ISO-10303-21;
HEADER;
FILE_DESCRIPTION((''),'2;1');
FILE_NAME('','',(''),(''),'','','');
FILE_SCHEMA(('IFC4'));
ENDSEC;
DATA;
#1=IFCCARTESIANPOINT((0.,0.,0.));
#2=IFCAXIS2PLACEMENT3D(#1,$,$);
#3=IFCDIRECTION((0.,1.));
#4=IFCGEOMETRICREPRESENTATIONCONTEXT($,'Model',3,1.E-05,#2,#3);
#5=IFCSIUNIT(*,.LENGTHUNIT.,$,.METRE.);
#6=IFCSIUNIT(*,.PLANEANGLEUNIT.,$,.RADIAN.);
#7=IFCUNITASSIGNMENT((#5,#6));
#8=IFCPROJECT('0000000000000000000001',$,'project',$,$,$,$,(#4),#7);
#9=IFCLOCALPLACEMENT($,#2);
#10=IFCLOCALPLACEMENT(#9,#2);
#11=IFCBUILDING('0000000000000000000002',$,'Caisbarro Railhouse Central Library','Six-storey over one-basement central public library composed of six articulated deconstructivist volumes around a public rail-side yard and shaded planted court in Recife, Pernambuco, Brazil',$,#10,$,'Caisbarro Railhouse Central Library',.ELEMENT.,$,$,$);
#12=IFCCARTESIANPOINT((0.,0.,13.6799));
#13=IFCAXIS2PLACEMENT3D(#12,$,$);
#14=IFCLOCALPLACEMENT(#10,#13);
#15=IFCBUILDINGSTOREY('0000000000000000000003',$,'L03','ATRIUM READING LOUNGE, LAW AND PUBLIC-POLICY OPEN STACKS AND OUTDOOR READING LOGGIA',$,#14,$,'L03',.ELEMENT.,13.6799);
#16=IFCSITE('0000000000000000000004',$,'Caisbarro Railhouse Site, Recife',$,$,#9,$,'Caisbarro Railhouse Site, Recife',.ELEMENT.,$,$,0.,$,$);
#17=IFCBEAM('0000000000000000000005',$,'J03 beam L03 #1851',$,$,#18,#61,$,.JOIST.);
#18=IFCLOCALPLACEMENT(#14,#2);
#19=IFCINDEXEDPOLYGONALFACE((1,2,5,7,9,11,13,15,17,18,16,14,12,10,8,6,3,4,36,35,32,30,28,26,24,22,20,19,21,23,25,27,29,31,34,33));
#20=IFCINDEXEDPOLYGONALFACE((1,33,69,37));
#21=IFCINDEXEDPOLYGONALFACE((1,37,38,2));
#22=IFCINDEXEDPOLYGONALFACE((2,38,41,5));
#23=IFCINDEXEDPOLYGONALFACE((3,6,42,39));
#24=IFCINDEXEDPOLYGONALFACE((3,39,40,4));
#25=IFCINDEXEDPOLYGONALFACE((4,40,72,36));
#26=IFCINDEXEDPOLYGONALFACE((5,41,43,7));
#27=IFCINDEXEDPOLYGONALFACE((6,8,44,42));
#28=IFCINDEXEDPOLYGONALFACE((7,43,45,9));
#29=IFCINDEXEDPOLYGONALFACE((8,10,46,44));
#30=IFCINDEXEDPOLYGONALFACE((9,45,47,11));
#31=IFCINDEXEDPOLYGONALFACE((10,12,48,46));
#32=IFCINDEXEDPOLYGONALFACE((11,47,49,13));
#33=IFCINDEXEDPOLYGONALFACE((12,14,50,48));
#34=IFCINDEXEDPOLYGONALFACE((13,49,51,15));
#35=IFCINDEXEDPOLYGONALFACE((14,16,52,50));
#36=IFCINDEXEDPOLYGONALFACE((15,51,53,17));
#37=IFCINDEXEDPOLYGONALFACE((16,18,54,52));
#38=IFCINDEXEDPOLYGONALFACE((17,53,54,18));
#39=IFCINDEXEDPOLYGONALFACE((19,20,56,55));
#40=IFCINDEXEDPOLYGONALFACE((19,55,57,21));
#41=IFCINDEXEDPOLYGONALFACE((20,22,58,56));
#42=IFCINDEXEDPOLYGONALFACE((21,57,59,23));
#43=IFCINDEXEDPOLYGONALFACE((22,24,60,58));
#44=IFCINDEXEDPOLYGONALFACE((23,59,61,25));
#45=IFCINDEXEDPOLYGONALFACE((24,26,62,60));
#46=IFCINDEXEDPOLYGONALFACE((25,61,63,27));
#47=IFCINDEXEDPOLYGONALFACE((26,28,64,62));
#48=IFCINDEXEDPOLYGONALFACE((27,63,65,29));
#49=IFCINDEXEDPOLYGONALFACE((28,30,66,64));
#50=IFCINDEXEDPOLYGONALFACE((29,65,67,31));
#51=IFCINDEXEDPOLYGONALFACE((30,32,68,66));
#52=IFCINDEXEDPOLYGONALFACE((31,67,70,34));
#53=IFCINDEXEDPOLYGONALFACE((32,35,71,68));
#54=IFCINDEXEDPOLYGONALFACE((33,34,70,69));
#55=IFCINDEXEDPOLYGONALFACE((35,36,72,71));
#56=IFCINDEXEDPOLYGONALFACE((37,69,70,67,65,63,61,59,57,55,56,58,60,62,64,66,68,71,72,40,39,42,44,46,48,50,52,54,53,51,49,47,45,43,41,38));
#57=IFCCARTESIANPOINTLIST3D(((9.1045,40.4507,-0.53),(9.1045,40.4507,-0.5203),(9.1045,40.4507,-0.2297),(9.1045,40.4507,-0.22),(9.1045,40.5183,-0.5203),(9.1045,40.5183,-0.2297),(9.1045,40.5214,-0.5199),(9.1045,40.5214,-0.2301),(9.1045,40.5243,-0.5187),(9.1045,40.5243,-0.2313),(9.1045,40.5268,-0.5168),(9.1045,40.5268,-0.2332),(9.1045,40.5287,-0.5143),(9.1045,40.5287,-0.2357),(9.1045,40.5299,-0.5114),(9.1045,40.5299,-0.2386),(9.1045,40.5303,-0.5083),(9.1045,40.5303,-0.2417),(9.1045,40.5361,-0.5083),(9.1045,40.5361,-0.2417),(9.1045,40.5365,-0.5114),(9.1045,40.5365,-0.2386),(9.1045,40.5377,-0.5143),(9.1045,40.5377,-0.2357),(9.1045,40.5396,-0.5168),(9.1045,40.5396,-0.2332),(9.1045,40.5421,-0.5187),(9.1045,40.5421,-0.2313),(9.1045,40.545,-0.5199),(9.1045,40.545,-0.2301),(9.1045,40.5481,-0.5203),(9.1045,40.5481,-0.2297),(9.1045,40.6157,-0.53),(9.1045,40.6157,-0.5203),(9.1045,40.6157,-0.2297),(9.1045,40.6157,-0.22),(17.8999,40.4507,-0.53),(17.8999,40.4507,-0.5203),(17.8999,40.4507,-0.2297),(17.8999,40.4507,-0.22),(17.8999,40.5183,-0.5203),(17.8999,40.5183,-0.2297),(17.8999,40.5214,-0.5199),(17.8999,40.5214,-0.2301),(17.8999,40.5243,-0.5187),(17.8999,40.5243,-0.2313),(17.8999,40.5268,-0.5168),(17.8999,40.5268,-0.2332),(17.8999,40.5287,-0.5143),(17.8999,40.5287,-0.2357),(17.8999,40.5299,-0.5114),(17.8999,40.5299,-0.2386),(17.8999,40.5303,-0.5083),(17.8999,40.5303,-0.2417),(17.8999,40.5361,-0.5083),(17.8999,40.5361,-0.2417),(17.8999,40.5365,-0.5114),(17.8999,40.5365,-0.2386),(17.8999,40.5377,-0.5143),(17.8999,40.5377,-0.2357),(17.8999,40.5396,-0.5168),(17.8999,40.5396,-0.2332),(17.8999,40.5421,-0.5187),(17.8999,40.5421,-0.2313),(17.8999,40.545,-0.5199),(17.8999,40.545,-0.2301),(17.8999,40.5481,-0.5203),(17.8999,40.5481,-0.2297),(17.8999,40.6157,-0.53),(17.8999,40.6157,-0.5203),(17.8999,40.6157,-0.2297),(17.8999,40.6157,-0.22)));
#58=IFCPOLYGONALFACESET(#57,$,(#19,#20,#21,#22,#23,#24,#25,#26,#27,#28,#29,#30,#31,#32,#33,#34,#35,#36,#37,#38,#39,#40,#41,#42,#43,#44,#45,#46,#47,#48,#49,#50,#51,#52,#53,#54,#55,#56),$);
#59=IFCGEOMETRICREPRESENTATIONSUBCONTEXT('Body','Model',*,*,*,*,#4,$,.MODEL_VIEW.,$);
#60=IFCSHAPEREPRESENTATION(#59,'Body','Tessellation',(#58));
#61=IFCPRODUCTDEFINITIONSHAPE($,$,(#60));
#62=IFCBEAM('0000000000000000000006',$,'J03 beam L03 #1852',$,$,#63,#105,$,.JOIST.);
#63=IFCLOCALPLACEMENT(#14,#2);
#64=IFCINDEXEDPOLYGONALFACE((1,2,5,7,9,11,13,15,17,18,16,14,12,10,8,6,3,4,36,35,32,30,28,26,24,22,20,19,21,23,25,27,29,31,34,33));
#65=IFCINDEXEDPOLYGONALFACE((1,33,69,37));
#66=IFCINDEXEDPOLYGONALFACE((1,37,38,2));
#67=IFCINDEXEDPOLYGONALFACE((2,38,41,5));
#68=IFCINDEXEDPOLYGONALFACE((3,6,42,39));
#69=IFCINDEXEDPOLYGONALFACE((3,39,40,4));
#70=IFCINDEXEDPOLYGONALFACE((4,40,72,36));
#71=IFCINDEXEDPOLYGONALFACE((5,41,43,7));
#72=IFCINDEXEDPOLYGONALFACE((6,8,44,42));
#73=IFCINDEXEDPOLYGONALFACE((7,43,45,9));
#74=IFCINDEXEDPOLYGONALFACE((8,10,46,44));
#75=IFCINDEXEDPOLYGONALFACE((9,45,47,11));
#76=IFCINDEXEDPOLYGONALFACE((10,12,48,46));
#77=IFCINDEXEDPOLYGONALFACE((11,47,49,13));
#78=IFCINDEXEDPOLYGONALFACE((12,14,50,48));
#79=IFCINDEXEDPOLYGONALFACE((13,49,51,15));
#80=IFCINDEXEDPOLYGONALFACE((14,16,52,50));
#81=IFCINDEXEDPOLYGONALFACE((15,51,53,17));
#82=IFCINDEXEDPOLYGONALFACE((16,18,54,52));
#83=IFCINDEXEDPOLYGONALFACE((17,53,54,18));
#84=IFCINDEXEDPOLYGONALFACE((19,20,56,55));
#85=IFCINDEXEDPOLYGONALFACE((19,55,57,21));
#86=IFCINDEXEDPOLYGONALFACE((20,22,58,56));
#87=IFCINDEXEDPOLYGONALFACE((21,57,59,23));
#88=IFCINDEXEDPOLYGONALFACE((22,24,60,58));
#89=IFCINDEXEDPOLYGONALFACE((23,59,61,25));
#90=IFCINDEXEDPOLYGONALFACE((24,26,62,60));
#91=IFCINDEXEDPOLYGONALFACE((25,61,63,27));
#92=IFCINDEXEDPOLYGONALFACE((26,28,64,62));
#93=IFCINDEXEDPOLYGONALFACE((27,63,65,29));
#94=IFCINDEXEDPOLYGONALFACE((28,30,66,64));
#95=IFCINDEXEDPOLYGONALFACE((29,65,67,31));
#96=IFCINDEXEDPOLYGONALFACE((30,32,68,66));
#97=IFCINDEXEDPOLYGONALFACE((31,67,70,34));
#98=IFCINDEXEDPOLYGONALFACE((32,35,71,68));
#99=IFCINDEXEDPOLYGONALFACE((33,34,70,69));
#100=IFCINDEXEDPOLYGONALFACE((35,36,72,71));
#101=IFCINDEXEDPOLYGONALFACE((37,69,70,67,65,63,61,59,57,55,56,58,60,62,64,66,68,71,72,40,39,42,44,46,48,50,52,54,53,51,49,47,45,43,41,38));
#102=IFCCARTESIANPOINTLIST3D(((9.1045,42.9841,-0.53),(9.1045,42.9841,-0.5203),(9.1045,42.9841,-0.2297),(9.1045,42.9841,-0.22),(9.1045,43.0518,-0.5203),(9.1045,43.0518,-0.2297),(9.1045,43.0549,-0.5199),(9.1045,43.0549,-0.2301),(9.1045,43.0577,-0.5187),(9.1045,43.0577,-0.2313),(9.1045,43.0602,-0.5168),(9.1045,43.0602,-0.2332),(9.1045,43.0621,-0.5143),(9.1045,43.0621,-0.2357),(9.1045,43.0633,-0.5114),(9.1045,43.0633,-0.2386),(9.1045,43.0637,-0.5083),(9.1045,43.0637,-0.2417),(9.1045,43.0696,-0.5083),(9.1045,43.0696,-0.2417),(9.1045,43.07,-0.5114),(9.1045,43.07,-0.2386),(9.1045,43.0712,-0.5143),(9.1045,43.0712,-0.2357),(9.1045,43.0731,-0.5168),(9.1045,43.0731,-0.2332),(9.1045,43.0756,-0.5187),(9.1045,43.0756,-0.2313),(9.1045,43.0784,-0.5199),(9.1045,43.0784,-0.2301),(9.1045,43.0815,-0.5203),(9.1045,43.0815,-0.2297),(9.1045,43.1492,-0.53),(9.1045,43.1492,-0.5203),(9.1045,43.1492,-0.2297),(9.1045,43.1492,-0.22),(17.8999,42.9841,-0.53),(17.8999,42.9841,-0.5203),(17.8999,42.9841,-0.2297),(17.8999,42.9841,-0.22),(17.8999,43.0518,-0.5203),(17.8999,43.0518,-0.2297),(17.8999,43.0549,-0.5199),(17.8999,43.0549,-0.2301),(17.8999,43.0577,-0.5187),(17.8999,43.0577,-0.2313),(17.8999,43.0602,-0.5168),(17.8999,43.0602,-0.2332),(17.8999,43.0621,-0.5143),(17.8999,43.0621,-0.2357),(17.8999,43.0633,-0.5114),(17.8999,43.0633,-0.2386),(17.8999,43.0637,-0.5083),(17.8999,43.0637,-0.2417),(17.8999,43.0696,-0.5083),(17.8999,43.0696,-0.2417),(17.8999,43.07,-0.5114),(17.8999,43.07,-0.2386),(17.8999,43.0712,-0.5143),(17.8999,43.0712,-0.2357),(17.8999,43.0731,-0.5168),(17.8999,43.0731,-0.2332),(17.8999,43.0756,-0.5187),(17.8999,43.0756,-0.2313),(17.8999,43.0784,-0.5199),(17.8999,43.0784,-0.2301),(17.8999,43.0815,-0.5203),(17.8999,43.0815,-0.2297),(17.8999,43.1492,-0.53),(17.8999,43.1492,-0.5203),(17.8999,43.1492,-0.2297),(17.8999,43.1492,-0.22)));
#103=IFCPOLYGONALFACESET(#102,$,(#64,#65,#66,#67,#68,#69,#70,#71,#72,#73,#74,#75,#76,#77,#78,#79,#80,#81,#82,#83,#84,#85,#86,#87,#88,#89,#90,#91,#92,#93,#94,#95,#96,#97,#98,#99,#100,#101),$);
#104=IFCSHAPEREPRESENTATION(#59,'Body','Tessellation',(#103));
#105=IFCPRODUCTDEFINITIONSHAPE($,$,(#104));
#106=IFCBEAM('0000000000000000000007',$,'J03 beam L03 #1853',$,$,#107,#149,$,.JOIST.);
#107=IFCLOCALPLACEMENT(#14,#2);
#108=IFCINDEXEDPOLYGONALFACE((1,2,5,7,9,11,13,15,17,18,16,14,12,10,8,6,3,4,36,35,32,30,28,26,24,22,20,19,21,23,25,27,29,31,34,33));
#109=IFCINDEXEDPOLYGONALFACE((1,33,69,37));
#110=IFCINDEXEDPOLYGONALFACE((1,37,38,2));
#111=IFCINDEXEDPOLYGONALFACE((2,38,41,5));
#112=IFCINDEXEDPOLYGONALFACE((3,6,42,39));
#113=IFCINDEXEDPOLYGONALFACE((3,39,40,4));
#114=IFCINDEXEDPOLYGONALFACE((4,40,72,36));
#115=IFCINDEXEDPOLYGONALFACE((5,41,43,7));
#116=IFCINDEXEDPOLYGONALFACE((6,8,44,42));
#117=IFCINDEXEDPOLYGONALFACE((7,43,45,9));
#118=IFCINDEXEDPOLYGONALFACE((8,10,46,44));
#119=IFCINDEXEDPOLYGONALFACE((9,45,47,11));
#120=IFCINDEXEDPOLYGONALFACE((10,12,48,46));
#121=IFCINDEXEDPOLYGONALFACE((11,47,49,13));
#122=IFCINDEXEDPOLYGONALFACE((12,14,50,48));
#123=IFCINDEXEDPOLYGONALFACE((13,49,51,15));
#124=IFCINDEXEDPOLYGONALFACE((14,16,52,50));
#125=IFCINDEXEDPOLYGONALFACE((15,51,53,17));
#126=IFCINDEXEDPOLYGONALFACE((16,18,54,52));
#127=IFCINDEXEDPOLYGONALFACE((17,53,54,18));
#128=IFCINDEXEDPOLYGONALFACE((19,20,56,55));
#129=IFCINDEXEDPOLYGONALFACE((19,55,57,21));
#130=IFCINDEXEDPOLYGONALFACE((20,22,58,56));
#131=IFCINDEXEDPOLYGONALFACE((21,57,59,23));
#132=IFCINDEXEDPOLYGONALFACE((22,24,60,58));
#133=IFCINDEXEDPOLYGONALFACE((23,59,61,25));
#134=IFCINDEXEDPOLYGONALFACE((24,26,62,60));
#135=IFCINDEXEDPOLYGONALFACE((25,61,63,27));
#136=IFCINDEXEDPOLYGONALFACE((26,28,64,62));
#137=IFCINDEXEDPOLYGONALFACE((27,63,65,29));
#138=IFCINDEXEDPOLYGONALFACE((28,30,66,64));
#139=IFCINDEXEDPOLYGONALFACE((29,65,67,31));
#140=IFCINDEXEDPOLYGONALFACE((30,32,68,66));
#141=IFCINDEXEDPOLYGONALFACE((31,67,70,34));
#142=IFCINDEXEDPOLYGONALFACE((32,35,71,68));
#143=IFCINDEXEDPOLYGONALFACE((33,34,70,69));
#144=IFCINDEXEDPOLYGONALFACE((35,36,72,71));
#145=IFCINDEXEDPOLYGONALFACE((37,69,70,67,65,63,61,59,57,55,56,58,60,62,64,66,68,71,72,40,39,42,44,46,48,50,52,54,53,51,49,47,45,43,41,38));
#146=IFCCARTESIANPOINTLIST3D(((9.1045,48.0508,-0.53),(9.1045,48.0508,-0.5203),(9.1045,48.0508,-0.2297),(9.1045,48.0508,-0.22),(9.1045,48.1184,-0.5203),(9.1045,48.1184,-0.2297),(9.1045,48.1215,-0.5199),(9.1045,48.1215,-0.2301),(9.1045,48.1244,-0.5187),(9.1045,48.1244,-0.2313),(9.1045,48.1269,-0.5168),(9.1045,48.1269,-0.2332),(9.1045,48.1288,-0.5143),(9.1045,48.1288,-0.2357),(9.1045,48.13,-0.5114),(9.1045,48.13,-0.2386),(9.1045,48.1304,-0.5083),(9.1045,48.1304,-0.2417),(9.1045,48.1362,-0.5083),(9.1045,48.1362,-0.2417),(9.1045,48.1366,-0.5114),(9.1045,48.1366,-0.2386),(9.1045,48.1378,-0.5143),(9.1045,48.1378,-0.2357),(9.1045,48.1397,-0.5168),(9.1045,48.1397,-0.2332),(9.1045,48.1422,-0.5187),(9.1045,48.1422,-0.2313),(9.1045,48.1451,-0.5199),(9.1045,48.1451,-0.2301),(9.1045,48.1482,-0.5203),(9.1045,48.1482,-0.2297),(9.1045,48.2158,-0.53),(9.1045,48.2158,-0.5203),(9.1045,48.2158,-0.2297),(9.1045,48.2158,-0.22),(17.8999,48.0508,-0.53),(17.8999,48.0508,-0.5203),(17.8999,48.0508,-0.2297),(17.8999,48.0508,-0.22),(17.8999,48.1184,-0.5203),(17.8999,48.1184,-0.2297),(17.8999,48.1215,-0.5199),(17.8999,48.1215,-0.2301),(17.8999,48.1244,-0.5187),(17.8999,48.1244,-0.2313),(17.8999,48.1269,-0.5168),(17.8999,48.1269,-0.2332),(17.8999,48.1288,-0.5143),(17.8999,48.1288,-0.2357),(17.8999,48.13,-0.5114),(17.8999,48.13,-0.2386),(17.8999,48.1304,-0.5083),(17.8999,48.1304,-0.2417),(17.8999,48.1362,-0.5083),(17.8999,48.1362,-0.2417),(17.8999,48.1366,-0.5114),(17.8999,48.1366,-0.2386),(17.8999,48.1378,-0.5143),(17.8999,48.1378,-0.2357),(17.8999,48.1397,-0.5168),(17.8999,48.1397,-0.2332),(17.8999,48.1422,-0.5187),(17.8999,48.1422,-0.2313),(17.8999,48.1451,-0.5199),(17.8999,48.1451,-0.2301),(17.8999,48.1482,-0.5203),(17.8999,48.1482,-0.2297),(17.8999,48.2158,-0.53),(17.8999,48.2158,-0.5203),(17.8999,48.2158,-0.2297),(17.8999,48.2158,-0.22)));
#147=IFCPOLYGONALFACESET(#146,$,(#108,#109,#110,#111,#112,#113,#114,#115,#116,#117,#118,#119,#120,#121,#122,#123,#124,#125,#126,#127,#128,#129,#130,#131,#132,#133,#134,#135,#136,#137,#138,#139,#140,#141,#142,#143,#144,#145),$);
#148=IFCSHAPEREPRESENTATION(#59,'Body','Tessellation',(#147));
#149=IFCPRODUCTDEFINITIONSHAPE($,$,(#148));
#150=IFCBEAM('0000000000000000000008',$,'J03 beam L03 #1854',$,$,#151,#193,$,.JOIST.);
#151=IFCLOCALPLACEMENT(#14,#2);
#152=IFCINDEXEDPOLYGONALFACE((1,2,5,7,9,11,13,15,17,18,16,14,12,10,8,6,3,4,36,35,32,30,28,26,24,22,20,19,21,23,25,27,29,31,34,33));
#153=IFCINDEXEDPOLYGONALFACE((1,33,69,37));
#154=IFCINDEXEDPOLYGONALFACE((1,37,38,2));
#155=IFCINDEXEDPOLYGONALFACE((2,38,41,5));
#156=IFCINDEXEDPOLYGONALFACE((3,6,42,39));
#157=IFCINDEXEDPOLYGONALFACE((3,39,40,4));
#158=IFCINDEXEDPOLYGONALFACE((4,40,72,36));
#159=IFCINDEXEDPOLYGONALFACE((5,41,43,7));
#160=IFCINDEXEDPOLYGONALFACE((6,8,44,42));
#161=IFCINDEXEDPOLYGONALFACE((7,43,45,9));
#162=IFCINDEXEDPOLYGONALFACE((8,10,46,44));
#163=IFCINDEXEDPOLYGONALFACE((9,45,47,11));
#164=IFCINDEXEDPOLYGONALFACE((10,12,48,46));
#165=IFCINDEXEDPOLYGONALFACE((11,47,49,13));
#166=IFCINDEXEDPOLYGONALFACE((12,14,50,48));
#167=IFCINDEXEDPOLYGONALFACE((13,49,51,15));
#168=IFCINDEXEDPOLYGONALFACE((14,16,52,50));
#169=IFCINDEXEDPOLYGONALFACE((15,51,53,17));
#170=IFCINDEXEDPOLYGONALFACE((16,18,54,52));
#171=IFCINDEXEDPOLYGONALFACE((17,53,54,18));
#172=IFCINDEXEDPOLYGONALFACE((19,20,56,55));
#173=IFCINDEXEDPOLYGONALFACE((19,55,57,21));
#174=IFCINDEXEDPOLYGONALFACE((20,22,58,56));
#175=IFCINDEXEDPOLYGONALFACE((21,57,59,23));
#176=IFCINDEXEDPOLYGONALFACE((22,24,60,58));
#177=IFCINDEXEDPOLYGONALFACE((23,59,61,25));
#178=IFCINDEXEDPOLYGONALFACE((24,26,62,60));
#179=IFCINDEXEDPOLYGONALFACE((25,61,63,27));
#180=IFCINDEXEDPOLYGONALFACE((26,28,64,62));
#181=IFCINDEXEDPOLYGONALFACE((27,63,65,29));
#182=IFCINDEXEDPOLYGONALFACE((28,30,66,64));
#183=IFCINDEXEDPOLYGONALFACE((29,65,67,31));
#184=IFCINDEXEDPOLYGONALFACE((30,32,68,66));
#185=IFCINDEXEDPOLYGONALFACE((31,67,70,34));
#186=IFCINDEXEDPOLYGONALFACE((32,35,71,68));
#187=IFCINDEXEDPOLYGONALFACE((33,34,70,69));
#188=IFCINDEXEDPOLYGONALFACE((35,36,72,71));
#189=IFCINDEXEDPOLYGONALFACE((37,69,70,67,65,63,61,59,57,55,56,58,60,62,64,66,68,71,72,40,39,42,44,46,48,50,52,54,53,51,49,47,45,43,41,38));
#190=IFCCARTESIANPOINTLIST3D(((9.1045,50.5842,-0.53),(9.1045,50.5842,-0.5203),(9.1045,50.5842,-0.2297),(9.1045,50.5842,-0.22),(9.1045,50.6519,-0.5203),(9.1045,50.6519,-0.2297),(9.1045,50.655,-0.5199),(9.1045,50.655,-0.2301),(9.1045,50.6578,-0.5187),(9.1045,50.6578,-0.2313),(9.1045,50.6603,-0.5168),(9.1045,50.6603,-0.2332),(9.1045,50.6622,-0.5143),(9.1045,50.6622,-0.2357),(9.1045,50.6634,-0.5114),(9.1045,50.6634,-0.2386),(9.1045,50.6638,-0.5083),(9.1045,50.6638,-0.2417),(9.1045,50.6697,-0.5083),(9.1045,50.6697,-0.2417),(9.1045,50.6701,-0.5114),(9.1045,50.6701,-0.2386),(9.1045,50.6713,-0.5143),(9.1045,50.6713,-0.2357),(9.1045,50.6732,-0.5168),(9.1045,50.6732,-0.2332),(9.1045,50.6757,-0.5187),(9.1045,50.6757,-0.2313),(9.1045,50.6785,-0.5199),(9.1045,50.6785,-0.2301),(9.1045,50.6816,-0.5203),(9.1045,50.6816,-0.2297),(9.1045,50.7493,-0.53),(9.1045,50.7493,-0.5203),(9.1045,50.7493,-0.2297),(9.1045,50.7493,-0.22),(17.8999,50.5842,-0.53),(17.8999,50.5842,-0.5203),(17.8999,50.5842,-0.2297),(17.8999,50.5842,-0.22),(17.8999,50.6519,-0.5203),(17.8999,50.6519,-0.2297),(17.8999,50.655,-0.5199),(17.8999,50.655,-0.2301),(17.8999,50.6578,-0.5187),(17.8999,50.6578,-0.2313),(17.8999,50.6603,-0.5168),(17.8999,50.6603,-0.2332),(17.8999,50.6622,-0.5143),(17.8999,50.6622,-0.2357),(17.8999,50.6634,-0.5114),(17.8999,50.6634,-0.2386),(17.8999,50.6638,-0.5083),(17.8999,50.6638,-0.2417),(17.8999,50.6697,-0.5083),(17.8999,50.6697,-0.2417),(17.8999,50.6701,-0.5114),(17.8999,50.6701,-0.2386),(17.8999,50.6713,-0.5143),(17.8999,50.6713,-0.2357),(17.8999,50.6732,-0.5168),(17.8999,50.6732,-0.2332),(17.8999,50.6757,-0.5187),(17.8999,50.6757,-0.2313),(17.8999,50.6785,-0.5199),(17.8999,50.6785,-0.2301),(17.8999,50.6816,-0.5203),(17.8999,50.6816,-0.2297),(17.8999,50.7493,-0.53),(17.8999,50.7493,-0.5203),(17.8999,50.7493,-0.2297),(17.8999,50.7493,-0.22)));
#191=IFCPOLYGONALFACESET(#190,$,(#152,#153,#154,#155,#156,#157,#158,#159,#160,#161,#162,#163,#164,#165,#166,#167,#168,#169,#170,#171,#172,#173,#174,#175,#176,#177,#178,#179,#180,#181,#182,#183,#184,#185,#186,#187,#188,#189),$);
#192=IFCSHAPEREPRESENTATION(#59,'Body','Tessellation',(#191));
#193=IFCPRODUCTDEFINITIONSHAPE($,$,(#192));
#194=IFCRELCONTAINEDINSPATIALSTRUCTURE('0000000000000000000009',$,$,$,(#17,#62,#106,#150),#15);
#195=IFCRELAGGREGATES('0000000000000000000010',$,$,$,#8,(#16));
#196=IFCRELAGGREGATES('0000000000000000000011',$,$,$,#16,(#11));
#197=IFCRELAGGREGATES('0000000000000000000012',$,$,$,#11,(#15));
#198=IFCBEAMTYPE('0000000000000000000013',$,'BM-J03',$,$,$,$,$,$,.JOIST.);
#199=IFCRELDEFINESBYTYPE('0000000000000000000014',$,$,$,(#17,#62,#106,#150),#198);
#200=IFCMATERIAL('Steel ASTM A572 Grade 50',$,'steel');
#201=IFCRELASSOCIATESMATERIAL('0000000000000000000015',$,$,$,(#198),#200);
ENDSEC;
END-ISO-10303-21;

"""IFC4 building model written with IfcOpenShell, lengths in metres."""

from ifc_helpers import new_model, si_unit, direction, frame, origin, origin_2d, place, context, subcontext, project, spatial, i_section, extrude, material, material_profile, profile_set, type_object, element, save


model = new_model("IFC4")

# Units and contexts
model_context = context("Model", 3, precision=1e-05, world=origin(), true_north=direction((0.0, 1.0)))
body_context = subcontext(model_context, "Body", "Model", "MODEL_VIEW")
ifc_project = project(units=[si_unit("LENGTHUNIT", "METRE"), si_unit("PLANEANGLEUNIT", "RADIAN")], contexts=[model_context])

# Site, building, storey
site_placement = place(None, origin())
site = spatial("IfcSite", under=ifc_project, at=site_placement, Name="Caisbarro Railhouse Site, Recife", LongName="Caisbarro Railhouse Site, Recife", CompositionType="ELEMENT", RefElevation=0.0)
building_placement = place(site_placement, origin())
building = spatial("IfcBuilding", under=site, at=building_placement, Name="Caisbarro Railhouse Central Library", Description="Six-storey over one-basement central public library composed of six articulated deconstructivist volumes around a public rail-side yard and shaded planted court in Recife, Pernambuco, Brazil", LongName="Caisbarro Railhouse Central Library", CompositionType="ELEMENT")
storey_placement = place(building_placement, frame((0.0, 0.0, 13.6799)))
storey = spatial("IfcBuildingStorey", under=building, at=storey_placement, Name="L03", Description="ATRIUM READING LOUNGE, LAW AND PUBLIC-POLICY OPEN STACKS AND OUTDOOR READING LOGGIA", LongName="L03", CompositionType="ELEMENT", Elevation=13.6799)

# Shared definitions
ifc_material_1 = material(Name="Steel ASTM A572 Grade 50", Category="steel")

# Beams
ifc_material_profile_1 = material_profile(ifc_material_1, i_section(OverallWidth=0.165, OverallDepth=0.3101, WebThickness=0.0059, FlangeThickness=0.0098, FilletRadius=0.012, at=origin_2d()), Name="W310X38.7")
ifc_profile_set_1 = profile_set([ifc_material_profile_1], Name="Steel ASTM A572 Grade 50")
beam_type_1 = type_object("IfcBeamType", Name="BM-J03", PredefinedType="JOIST", material=ifc_profile_set_1)
for number, where, z_axis, x_axis, name in (
    (1, (9.1045, 40.5332, -0.375), (1.0, 0.0, 0.0), (0.0, 1.0, 0.0), "J03 beam L03 #1851"),
    (2, (9.1045, 43.0667, -0.375), (1.0, 0.0, 0.0), (0.0, 1.0, 0.0), "J03 beam L03 #1852"),
    (3, (9.1045, 48.1333, -0.375), (1.0, 0.0, 0.0), (0.0, 1.0, 0.0), "J03 beam L03 #1853"),
    (4, (9.1045, 50.6667, -0.375), (1.0, 0.0, 0.0), (0.0, 1.0, 0.0), "J03 beam L03 #1854"),
):
    element("IfcBeam", number, at=place(storey_placement, frame(where, z_axis=z_axis, x_axis=x_axis)), inside=storey, type_object=beam_type_1, Name=name, PredefinedType="JOIST", context=body_context, shape_type="SweptSolid", body=[
        extrude(i_section(OverallWidth=0.165, OverallDepth=0.3101, WebThickness=0.0059, FlangeThickness=0.0098, FilletRadius=0.012, at=origin_2d()), origin(), (0.0, 0.0, 1.0), 8.7954),
    ])

save(model, "model.ifc")
